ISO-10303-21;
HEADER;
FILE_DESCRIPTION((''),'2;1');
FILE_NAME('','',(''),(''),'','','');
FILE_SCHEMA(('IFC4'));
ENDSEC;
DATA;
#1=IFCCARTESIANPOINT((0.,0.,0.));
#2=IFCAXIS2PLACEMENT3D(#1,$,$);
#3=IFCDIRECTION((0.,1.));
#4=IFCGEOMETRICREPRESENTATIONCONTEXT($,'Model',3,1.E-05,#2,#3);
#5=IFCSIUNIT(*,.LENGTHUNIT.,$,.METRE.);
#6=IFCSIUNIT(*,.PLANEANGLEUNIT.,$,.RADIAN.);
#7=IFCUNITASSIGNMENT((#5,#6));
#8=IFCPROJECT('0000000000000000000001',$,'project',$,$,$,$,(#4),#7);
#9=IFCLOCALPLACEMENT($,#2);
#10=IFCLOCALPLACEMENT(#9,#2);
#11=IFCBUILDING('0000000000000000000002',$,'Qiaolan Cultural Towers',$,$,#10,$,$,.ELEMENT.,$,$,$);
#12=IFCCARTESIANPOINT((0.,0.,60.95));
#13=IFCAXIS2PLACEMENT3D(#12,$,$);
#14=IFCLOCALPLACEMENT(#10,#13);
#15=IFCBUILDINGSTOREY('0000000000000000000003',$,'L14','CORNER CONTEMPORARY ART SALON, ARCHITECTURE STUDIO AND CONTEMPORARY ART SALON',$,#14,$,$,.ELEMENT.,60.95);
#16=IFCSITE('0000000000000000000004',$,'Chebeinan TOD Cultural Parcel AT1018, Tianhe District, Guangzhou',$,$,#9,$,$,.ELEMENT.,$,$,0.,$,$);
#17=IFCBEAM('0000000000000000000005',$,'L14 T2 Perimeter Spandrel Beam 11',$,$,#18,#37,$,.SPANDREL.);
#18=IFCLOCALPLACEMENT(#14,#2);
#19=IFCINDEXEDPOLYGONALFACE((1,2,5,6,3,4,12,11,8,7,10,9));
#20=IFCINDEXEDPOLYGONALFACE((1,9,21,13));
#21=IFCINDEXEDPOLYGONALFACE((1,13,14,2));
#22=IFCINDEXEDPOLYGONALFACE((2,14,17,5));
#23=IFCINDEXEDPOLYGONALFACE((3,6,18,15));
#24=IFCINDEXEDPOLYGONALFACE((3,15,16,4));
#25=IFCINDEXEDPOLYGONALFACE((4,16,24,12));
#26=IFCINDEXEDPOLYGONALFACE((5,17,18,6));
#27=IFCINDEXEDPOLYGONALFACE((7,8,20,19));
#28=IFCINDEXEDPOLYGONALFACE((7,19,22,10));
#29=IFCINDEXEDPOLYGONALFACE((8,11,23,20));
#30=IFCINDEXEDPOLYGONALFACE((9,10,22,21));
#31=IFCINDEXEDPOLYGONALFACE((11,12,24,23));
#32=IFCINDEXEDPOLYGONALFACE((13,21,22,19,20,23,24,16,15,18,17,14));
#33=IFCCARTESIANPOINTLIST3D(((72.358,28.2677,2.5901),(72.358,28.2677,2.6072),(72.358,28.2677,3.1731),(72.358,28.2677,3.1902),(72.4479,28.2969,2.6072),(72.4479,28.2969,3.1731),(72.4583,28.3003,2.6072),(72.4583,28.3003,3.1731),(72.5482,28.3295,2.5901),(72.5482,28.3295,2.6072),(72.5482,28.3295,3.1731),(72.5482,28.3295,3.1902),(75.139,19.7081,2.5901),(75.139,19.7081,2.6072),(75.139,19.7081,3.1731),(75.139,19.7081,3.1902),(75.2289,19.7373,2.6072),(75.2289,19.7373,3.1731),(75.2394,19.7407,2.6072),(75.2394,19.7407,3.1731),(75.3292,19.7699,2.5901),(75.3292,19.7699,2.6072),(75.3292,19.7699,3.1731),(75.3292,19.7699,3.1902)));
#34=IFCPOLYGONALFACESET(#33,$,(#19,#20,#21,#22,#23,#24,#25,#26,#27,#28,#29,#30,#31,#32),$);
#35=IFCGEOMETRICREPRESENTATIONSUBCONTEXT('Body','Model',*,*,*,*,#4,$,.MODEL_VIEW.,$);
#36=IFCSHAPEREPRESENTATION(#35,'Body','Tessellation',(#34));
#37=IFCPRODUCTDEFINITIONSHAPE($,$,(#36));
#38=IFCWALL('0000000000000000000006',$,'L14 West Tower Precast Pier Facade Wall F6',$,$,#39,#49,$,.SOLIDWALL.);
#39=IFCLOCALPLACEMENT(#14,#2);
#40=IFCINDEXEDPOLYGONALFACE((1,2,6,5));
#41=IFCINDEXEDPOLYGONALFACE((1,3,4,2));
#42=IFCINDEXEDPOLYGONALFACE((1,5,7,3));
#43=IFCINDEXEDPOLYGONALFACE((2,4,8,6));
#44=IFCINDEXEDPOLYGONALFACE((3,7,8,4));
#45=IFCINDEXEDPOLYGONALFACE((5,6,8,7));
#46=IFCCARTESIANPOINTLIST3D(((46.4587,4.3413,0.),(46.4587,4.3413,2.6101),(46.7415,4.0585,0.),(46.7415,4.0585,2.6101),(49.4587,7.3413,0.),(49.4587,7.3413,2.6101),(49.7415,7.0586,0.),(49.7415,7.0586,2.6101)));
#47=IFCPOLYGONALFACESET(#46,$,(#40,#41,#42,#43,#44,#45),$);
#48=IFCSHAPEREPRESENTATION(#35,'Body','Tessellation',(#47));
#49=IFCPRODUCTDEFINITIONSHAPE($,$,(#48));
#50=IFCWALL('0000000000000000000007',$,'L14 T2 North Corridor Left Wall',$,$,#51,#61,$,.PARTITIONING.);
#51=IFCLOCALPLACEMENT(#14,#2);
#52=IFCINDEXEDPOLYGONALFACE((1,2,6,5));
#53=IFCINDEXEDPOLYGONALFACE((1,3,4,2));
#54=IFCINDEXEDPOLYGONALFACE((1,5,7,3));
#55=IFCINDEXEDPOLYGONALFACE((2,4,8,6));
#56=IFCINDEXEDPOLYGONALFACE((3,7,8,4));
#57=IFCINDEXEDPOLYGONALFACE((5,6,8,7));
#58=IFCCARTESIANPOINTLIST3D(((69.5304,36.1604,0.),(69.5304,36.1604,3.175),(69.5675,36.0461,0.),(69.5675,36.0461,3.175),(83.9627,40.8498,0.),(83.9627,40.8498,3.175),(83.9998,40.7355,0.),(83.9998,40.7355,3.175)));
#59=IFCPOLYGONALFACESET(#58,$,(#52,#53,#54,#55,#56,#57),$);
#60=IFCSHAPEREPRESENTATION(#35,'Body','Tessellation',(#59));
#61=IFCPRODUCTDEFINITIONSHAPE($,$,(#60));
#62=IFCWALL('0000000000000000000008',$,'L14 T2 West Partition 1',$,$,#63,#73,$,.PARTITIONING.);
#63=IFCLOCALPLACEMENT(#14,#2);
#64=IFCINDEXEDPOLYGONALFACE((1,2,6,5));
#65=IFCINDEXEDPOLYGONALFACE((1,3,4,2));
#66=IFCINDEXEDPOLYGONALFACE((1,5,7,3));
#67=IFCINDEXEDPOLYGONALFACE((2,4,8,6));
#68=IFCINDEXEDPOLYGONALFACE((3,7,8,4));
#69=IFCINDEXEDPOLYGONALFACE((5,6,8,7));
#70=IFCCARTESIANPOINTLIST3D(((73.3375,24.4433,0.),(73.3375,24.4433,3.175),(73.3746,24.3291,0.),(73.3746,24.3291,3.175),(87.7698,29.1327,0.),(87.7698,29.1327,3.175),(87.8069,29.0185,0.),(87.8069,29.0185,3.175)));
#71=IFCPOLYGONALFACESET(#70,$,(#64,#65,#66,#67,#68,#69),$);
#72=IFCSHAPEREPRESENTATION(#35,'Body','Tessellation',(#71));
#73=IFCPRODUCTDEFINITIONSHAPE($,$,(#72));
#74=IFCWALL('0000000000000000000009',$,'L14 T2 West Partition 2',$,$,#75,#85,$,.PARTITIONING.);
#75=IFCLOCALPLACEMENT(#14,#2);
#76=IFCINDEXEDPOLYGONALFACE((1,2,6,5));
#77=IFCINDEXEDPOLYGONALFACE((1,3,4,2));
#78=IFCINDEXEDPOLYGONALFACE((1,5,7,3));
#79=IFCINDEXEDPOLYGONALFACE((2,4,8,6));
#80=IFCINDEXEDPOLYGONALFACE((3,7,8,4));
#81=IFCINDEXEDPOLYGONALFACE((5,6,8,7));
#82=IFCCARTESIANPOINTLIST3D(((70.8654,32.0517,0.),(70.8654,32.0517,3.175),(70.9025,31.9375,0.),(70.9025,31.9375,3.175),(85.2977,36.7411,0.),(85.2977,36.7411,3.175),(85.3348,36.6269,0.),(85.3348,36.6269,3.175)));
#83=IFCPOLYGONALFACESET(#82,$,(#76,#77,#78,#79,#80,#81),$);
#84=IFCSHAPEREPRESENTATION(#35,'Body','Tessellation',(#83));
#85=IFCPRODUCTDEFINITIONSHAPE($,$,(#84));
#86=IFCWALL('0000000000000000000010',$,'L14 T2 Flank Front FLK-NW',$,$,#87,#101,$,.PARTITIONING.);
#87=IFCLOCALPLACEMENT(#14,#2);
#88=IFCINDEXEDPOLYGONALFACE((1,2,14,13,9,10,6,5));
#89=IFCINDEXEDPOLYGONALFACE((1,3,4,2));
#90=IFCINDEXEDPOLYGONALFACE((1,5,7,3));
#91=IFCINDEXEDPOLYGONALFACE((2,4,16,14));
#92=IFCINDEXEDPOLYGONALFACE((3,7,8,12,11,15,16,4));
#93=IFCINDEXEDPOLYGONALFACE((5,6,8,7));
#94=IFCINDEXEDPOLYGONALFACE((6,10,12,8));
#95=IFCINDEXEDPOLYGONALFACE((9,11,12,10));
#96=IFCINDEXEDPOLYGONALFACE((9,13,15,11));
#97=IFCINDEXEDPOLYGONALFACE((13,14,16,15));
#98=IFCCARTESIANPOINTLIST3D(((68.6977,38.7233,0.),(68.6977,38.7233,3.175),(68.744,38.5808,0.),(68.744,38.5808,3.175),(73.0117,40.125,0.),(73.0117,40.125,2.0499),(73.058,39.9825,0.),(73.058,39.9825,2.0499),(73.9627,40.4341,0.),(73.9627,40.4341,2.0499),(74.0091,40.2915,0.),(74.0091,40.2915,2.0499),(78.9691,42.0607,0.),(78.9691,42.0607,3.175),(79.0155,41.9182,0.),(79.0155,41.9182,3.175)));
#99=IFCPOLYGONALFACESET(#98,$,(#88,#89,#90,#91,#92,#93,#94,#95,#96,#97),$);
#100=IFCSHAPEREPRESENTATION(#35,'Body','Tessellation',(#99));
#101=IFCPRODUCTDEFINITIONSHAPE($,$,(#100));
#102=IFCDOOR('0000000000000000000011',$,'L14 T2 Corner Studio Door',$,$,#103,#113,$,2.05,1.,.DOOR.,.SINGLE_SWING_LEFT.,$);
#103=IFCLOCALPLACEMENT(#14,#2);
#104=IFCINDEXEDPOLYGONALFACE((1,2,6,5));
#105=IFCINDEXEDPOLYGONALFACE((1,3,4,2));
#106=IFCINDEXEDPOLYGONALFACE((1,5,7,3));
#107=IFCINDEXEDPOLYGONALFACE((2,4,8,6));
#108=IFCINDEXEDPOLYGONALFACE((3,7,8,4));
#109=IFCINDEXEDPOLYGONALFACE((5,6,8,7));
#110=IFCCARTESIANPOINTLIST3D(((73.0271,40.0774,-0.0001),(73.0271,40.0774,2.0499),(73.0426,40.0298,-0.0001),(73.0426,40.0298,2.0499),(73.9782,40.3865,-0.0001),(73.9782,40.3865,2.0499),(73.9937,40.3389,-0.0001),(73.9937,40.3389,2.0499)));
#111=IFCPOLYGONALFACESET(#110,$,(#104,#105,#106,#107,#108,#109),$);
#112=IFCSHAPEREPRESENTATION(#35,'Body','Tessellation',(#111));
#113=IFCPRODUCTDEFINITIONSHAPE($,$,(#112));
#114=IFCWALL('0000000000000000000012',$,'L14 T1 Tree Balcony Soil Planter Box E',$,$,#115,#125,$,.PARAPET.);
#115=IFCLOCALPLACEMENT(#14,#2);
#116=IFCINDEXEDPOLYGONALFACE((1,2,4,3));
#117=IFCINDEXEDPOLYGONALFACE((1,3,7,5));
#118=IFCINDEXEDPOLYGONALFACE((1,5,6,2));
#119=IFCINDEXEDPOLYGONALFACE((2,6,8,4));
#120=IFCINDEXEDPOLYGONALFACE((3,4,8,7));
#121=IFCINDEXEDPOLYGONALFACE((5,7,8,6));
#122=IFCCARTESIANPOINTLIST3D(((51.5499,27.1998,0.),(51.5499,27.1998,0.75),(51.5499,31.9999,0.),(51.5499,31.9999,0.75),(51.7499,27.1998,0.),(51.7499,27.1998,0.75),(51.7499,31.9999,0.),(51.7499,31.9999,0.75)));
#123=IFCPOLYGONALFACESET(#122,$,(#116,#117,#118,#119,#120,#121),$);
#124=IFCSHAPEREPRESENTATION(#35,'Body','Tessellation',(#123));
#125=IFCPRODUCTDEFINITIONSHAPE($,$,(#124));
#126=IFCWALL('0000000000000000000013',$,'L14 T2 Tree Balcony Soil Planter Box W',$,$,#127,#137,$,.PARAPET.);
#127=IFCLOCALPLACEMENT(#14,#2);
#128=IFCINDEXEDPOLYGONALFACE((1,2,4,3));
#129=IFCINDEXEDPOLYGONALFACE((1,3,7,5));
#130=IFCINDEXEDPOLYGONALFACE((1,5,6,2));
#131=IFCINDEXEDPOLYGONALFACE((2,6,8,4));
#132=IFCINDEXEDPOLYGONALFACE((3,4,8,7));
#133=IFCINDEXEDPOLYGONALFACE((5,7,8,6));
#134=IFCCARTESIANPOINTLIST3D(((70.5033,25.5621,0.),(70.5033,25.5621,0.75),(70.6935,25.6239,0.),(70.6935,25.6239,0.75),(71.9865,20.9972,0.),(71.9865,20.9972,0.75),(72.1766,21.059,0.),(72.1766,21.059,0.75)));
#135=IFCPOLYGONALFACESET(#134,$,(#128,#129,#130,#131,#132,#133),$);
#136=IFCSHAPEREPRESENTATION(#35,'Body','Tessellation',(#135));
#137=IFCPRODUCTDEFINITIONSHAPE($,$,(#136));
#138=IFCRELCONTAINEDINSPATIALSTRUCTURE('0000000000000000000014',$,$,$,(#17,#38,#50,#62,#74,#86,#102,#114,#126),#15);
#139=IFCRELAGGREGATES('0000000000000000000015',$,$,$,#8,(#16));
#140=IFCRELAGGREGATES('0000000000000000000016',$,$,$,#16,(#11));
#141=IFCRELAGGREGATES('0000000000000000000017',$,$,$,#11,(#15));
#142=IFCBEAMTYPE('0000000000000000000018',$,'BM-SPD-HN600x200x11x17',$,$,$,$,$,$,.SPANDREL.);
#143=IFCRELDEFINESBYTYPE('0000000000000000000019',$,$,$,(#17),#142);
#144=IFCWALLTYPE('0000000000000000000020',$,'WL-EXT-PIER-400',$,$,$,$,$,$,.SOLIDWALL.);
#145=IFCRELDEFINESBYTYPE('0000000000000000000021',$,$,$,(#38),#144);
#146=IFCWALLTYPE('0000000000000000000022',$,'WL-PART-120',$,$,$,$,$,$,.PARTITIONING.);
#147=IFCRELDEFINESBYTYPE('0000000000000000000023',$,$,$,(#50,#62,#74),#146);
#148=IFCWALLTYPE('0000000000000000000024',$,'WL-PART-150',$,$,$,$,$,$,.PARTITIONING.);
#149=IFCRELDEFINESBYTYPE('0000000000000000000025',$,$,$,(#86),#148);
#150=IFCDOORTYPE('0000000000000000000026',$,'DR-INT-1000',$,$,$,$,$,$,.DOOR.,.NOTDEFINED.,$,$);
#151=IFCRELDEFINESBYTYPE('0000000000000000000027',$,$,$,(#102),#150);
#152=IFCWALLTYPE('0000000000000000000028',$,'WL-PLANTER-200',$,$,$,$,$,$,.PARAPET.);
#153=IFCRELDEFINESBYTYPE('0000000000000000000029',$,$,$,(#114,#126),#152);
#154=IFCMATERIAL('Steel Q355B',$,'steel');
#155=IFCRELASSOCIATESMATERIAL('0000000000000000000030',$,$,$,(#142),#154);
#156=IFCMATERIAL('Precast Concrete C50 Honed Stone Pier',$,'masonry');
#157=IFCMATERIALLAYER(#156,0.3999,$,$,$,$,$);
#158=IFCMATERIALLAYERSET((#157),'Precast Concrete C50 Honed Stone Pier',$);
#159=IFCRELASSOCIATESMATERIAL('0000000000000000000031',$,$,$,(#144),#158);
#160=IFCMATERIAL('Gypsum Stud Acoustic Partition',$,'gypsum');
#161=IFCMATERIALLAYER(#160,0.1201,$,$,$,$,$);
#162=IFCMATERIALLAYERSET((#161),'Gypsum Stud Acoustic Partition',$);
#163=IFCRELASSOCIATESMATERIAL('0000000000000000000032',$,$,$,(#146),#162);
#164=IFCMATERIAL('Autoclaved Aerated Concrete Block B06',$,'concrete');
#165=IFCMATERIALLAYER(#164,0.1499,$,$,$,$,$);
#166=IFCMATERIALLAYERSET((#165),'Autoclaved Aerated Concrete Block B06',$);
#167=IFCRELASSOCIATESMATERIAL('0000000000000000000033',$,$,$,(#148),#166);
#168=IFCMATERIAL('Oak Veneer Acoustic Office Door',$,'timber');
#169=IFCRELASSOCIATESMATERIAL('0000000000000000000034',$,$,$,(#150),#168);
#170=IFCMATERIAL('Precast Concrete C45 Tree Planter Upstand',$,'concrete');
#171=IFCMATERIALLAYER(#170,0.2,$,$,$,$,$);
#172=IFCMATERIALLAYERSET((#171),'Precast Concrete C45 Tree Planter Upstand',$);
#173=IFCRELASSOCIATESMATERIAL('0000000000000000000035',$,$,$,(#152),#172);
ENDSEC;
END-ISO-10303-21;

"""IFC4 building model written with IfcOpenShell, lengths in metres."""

from ifc_helpers import new_model, si_unit, direction, frame, frame_2d, origin, origin_2d, place, context, subcontext, project, spatial, rectangle, i_section, extrude, material, layer, layer_set, material_profile, profile_set, type_object, element, fill, save


model = new_model("IFC4")

# Units and contexts
model_context = context("Model", 3, precision=1e-05, world=origin(), true_north=direction((0.0, 1.0)))
body_context = subcontext(model_context, "Body", "Model", "MODEL_VIEW")
ifc_project = project(units=[si_unit("LENGTHUNIT", "METRE"), si_unit("PLANEANGLEUNIT", "RADIAN")], contexts=[model_context])

# Site, building, storey
site_placement = place(None, origin())
site = spatial("IfcSite", under=ifc_project, at=site_placement, Name="Chebeinan TOD Cultural Parcel AT1018, Tianhe District, Guangzhou", CompositionType="ELEMENT", RefElevation=0.0)
building_placement = place(site_placement, origin())
building = spatial("IfcBuilding", under=site, at=building_placement, Name="Qiaolan Cultural Towers", CompositionType="ELEMENT")
storey_placement = place(building_placement, frame((0.0, 0.0, 60.95)))
storey = spatial("IfcBuildingStorey", under=building, at=storey_placement, Name="L14", Description="CORNER CONTEMPORARY ART SALON, ARCHITECTURE STUDIO AND CONTEMPORARY ART SALON", CompositionType="ELEMENT", Elevation=60.95)

# Beam
ifc_material_1 = material(Name="Steel Q355B", Category="steel")
ifc_material_profile_1 = material_profile(ifc_material_1, i_section(OverallWidth=0.2, OverallDepth=0.6001, WebThickness=0.011, FlangeThickness=0.0171, at=origin_2d()), Name="HN600x200x11x17")
ifc_profile_set_1 = profile_set([ifc_material_profile_1], Name="Steel Q355B")
beam_type_1 = type_object("IfcBeamType", Name="BM-SPD-HN600x200x11x17", PredefinedType="SPANDREL", material=ifc_profile_set_1)
for number, where, z_axis, x_axis, name in (
    (1, (72.4531, 28.2986, 2.8901), (0.309, -0.951062, 0.0), (0.951062, 0.309, 0.0), "L14 T2 Perimeter Spandrel Beam 11"),
):
    element("IfcBeam", number, at=place(storey_placement, frame(where, z_axis=z_axis, x_axis=x_axis)), inside=storey, type_object=beam_type_1, Name=name, PredefinedType="SPANDREL", context=body_context, shape_type="SweptSolid", body=[
        extrude(i_section(OverallWidth=0.2, OverallDepth=0.6001, WebThickness=0.011, FlangeThickness=0.0171, at=origin_2d()), origin(), (0.0, 0.0, 1.0), 9.0),
    ])

# Walls
ifc_material_2 = material(Name="Precast Concrete C50 Honed Stone Pier", Category="masonry")
ifc_layer_1 = layer(ifc_material_2, 0.3999)
ifc_layer_set_1 = layer_set([ifc_layer_1], Name="Precast Concrete C50 Honed Stone Pier")
wall_type_1 = type_object("IfcWallType", Name="WL-EXT-PIER-400", PredefinedType="SOLIDWALL", material=ifc_layer_set_1)
wall_1_placement = place(storey_placement, frame((49.6001, 7.2, 0.0), z_axis=(0.0, 0.0, 1.0), x_axis=(-0.707107, -0.707107, 0.0)))
element("IfcWall", 2, at=wall_1_placement, inside=storey, type_object=wall_type_1, Name="L14 West Tower Precast Pier Facade Wall F6", PredefinedType="SOLIDWALL", context=body_context, shape_type="SweptSolid", body=[
    extrude(rectangle(XDim=4.2427, YDim=0.3999, at=frame_2d((2.1213, 0.0))), origin(), (0.0, 0.0, 1.0), 2.6101),
])
ifc_material_3 = material(Name="Gypsum Stud Acoustic Partition", Category="gypsum")
ifc_layer_2 = layer(ifc_material_3, 0.1201)
ifc_layer_set_2 = layer_set([ifc_layer_2], Name="Gypsum Stud Acoustic Partition")
wall_type_2 = type_object("IfcWallType", Name="WL-PART-120", PredefinedType="PARTITIONING", material=ifc_layer_set_2)
for number, where, z_axis, x_axis, name in (
    (3, (69.5491, 36.1033, 0.0), (0.0, 0.0, 1.0), (0.951055, 0.309022, 0.0), "L14 T2 North Corridor Left Wall"),
    (4, (73.3562, 24.3862, 0.0), (0.0, 0.0, 1.0), (0.951055, 0.309022, 0.0), "L14 T2 West Partition 1"),
    (5, (70.884, 31.9946, 0.0), (0.0, 0.0, 1.0), (0.951055, 0.309022, 0.0), "L14 T2 West Partition 2"),
):
    element("IfcWall", number, at=place(storey_placement, frame(where, z_axis=z_axis, x_axis=x_axis)), inside=storey, type_object=wall_type_2, Name=name, PredefinedType="PARTITIONING", context=body_context, shape_type="SweptSolid", body=[
        extrude(rectangle(XDim=15.175, YDim=0.1201, at=frame_2d((7.5874, 0.0))), origin(), (0.0, 0.0, 1.0), 3.175),
    ])

# Wall, opening, door
ifc_material_4 = material(Name="Autoclaved Aerated Concrete Block B06", Category="concrete")
ifc_layer_3 = layer(ifc_material_4, 0.1499)
ifc_layer_set_3 = layer_set([ifc_layer_3], Name="Autoclaved Aerated Concrete Block B06")
wall_type_3 = type_object("IfcWallType", Name="WL-PART-150", PredefinedType="PARTITIONING", material=ifc_layer_set_3)
wall_2_placement = place(storey_placement, frame((68.7209, 38.6521, 0.0), z_axis=(0.0, 0.0, 1.0), x_axis=(0.951057, 0.309017, 0.0)))
wall_2 = element("IfcWall", 6, at=wall_2_placement, inside=storey, type_object=wall_type_3, Name="L14 T2 Flank Front FLK-NW", PredefinedType="PARTITIONING", context=body_context, shape_type="SweptSolid", body=[
    extrude(rectangle(XDim=10.8, YDim=0.1499, at=frame_2d((5.3999, 0.0))), origin(), (0.0, 0.0, 1.0), 3.175),
])
opening_placement = place(wall_2_placement, frame((4.5359, 0.0, 0.0)))
opening = element("IfcOpeningElement", 7, at=opening_placement, cuts=wall_2, PredefinedType="OPENING", context=body_context, shape_type="SweptSolid", body=[
    extrude(rectangle(XDim=1.0, YDim=2.05, at=frame_2d((0.5, 1.0249))), frame((0.0, 0.085, 0.0), z_axis=(0.0, -1.0, 0.0), x_axis=(1.0, 0.0, 0.0)), (0.0, 0.0, 1.0), 0.1699),
])
ifc_material_5 = material(Name="Oak Veneer Acoustic Office Door", Category="timber")
door_type = type_object("IfcDoorType", Name="DR-INT-1000", OperationType="NOTDEFINED", PredefinedType="DOOR", material=ifc_material_5)
door_placement = place(opening_placement, origin())
door = element("IfcDoor", 8, at=door_placement, inside=storey, type_object=door_type, Name="L14 T2 Corner Studio Door", OperationType="SINGLE_SWING_LEFT", OverallHeight=2.05, OverallWidth=1.0, PredefinedType="DOOR", context=body_context, shape_type="SweptSolid", body=[
    extrude(rectangle(XDim=1.0, YDim=2.05, at=frame_2d((0.5, 1.0249))), frame((0.0, 0.0249, 0.0), z_axis=(0.0, -1.0, 0.0), x_axis=(1.0, 0.0, 0.0)), (0.0, 0.0, 1.0), 0.05),
])
fill(opening, door)

# Walls
ifc_material_6 = material(Name="Precast Concrete C45 Tree Planter Upstand", Category="concrete")
ifc_layer_4 = layer(ifc_material_6, 0.2)
ifc_layer_set_4 = layer_set([ifc_layer_4], Name="Precast Concrete C45 Tree Planter Upstand")
wall_type_4 = type_object("IfcWallType", Name="WL-PLANTER-200", PredefinedType="PARAPET", material=ifc_layer_set_4)
wall_3_placement = place(storey_placement, frame((51.6499, 27.2, 0.0), z_axis=(0.0, 0.0, 1.0), x_axis=(0.0, 1.0, 0.0)))
element("IfcWall", 9, at=wall_3_placement, inside=storey, type_object=wall_type_4, Name="L14 T1 Tree Balcony Soil Planter Box E", PredefinedType="PARAPET", context=body_context, shape_type="SweptSolid", body=[
    extrude(rectangle(XDim=4.8, YDim=0.2, at=frame_2d((2.3999, 0.0))), origin(), (0.0, 0.0, 1.0), 0.75),
])
wall_4_placement = place(storey_placement, frame((72.0815, 21.0281, 0.0), z_axis=(0.0, 0.0, 1.0), x_axis=(-0.309001, 0.951062, 0.0)))
element("IfcWall", 10, at=wall_4_placement, inside=storey, type_object=wall_type_4, Name="L14 T2 Tree Balcony Soil Planter Box W", PredefinedType="PARAPET", context=body_context, shape_type="SweptSolid", body=[
    extrude(rectangle(XDim=4.7998, YDim=0.2, at=frame_2d((2.3999, 0.0))), origin(), (0.0, 0.0, 1.0), 0.75),
])

save(model, "model.ifc")
